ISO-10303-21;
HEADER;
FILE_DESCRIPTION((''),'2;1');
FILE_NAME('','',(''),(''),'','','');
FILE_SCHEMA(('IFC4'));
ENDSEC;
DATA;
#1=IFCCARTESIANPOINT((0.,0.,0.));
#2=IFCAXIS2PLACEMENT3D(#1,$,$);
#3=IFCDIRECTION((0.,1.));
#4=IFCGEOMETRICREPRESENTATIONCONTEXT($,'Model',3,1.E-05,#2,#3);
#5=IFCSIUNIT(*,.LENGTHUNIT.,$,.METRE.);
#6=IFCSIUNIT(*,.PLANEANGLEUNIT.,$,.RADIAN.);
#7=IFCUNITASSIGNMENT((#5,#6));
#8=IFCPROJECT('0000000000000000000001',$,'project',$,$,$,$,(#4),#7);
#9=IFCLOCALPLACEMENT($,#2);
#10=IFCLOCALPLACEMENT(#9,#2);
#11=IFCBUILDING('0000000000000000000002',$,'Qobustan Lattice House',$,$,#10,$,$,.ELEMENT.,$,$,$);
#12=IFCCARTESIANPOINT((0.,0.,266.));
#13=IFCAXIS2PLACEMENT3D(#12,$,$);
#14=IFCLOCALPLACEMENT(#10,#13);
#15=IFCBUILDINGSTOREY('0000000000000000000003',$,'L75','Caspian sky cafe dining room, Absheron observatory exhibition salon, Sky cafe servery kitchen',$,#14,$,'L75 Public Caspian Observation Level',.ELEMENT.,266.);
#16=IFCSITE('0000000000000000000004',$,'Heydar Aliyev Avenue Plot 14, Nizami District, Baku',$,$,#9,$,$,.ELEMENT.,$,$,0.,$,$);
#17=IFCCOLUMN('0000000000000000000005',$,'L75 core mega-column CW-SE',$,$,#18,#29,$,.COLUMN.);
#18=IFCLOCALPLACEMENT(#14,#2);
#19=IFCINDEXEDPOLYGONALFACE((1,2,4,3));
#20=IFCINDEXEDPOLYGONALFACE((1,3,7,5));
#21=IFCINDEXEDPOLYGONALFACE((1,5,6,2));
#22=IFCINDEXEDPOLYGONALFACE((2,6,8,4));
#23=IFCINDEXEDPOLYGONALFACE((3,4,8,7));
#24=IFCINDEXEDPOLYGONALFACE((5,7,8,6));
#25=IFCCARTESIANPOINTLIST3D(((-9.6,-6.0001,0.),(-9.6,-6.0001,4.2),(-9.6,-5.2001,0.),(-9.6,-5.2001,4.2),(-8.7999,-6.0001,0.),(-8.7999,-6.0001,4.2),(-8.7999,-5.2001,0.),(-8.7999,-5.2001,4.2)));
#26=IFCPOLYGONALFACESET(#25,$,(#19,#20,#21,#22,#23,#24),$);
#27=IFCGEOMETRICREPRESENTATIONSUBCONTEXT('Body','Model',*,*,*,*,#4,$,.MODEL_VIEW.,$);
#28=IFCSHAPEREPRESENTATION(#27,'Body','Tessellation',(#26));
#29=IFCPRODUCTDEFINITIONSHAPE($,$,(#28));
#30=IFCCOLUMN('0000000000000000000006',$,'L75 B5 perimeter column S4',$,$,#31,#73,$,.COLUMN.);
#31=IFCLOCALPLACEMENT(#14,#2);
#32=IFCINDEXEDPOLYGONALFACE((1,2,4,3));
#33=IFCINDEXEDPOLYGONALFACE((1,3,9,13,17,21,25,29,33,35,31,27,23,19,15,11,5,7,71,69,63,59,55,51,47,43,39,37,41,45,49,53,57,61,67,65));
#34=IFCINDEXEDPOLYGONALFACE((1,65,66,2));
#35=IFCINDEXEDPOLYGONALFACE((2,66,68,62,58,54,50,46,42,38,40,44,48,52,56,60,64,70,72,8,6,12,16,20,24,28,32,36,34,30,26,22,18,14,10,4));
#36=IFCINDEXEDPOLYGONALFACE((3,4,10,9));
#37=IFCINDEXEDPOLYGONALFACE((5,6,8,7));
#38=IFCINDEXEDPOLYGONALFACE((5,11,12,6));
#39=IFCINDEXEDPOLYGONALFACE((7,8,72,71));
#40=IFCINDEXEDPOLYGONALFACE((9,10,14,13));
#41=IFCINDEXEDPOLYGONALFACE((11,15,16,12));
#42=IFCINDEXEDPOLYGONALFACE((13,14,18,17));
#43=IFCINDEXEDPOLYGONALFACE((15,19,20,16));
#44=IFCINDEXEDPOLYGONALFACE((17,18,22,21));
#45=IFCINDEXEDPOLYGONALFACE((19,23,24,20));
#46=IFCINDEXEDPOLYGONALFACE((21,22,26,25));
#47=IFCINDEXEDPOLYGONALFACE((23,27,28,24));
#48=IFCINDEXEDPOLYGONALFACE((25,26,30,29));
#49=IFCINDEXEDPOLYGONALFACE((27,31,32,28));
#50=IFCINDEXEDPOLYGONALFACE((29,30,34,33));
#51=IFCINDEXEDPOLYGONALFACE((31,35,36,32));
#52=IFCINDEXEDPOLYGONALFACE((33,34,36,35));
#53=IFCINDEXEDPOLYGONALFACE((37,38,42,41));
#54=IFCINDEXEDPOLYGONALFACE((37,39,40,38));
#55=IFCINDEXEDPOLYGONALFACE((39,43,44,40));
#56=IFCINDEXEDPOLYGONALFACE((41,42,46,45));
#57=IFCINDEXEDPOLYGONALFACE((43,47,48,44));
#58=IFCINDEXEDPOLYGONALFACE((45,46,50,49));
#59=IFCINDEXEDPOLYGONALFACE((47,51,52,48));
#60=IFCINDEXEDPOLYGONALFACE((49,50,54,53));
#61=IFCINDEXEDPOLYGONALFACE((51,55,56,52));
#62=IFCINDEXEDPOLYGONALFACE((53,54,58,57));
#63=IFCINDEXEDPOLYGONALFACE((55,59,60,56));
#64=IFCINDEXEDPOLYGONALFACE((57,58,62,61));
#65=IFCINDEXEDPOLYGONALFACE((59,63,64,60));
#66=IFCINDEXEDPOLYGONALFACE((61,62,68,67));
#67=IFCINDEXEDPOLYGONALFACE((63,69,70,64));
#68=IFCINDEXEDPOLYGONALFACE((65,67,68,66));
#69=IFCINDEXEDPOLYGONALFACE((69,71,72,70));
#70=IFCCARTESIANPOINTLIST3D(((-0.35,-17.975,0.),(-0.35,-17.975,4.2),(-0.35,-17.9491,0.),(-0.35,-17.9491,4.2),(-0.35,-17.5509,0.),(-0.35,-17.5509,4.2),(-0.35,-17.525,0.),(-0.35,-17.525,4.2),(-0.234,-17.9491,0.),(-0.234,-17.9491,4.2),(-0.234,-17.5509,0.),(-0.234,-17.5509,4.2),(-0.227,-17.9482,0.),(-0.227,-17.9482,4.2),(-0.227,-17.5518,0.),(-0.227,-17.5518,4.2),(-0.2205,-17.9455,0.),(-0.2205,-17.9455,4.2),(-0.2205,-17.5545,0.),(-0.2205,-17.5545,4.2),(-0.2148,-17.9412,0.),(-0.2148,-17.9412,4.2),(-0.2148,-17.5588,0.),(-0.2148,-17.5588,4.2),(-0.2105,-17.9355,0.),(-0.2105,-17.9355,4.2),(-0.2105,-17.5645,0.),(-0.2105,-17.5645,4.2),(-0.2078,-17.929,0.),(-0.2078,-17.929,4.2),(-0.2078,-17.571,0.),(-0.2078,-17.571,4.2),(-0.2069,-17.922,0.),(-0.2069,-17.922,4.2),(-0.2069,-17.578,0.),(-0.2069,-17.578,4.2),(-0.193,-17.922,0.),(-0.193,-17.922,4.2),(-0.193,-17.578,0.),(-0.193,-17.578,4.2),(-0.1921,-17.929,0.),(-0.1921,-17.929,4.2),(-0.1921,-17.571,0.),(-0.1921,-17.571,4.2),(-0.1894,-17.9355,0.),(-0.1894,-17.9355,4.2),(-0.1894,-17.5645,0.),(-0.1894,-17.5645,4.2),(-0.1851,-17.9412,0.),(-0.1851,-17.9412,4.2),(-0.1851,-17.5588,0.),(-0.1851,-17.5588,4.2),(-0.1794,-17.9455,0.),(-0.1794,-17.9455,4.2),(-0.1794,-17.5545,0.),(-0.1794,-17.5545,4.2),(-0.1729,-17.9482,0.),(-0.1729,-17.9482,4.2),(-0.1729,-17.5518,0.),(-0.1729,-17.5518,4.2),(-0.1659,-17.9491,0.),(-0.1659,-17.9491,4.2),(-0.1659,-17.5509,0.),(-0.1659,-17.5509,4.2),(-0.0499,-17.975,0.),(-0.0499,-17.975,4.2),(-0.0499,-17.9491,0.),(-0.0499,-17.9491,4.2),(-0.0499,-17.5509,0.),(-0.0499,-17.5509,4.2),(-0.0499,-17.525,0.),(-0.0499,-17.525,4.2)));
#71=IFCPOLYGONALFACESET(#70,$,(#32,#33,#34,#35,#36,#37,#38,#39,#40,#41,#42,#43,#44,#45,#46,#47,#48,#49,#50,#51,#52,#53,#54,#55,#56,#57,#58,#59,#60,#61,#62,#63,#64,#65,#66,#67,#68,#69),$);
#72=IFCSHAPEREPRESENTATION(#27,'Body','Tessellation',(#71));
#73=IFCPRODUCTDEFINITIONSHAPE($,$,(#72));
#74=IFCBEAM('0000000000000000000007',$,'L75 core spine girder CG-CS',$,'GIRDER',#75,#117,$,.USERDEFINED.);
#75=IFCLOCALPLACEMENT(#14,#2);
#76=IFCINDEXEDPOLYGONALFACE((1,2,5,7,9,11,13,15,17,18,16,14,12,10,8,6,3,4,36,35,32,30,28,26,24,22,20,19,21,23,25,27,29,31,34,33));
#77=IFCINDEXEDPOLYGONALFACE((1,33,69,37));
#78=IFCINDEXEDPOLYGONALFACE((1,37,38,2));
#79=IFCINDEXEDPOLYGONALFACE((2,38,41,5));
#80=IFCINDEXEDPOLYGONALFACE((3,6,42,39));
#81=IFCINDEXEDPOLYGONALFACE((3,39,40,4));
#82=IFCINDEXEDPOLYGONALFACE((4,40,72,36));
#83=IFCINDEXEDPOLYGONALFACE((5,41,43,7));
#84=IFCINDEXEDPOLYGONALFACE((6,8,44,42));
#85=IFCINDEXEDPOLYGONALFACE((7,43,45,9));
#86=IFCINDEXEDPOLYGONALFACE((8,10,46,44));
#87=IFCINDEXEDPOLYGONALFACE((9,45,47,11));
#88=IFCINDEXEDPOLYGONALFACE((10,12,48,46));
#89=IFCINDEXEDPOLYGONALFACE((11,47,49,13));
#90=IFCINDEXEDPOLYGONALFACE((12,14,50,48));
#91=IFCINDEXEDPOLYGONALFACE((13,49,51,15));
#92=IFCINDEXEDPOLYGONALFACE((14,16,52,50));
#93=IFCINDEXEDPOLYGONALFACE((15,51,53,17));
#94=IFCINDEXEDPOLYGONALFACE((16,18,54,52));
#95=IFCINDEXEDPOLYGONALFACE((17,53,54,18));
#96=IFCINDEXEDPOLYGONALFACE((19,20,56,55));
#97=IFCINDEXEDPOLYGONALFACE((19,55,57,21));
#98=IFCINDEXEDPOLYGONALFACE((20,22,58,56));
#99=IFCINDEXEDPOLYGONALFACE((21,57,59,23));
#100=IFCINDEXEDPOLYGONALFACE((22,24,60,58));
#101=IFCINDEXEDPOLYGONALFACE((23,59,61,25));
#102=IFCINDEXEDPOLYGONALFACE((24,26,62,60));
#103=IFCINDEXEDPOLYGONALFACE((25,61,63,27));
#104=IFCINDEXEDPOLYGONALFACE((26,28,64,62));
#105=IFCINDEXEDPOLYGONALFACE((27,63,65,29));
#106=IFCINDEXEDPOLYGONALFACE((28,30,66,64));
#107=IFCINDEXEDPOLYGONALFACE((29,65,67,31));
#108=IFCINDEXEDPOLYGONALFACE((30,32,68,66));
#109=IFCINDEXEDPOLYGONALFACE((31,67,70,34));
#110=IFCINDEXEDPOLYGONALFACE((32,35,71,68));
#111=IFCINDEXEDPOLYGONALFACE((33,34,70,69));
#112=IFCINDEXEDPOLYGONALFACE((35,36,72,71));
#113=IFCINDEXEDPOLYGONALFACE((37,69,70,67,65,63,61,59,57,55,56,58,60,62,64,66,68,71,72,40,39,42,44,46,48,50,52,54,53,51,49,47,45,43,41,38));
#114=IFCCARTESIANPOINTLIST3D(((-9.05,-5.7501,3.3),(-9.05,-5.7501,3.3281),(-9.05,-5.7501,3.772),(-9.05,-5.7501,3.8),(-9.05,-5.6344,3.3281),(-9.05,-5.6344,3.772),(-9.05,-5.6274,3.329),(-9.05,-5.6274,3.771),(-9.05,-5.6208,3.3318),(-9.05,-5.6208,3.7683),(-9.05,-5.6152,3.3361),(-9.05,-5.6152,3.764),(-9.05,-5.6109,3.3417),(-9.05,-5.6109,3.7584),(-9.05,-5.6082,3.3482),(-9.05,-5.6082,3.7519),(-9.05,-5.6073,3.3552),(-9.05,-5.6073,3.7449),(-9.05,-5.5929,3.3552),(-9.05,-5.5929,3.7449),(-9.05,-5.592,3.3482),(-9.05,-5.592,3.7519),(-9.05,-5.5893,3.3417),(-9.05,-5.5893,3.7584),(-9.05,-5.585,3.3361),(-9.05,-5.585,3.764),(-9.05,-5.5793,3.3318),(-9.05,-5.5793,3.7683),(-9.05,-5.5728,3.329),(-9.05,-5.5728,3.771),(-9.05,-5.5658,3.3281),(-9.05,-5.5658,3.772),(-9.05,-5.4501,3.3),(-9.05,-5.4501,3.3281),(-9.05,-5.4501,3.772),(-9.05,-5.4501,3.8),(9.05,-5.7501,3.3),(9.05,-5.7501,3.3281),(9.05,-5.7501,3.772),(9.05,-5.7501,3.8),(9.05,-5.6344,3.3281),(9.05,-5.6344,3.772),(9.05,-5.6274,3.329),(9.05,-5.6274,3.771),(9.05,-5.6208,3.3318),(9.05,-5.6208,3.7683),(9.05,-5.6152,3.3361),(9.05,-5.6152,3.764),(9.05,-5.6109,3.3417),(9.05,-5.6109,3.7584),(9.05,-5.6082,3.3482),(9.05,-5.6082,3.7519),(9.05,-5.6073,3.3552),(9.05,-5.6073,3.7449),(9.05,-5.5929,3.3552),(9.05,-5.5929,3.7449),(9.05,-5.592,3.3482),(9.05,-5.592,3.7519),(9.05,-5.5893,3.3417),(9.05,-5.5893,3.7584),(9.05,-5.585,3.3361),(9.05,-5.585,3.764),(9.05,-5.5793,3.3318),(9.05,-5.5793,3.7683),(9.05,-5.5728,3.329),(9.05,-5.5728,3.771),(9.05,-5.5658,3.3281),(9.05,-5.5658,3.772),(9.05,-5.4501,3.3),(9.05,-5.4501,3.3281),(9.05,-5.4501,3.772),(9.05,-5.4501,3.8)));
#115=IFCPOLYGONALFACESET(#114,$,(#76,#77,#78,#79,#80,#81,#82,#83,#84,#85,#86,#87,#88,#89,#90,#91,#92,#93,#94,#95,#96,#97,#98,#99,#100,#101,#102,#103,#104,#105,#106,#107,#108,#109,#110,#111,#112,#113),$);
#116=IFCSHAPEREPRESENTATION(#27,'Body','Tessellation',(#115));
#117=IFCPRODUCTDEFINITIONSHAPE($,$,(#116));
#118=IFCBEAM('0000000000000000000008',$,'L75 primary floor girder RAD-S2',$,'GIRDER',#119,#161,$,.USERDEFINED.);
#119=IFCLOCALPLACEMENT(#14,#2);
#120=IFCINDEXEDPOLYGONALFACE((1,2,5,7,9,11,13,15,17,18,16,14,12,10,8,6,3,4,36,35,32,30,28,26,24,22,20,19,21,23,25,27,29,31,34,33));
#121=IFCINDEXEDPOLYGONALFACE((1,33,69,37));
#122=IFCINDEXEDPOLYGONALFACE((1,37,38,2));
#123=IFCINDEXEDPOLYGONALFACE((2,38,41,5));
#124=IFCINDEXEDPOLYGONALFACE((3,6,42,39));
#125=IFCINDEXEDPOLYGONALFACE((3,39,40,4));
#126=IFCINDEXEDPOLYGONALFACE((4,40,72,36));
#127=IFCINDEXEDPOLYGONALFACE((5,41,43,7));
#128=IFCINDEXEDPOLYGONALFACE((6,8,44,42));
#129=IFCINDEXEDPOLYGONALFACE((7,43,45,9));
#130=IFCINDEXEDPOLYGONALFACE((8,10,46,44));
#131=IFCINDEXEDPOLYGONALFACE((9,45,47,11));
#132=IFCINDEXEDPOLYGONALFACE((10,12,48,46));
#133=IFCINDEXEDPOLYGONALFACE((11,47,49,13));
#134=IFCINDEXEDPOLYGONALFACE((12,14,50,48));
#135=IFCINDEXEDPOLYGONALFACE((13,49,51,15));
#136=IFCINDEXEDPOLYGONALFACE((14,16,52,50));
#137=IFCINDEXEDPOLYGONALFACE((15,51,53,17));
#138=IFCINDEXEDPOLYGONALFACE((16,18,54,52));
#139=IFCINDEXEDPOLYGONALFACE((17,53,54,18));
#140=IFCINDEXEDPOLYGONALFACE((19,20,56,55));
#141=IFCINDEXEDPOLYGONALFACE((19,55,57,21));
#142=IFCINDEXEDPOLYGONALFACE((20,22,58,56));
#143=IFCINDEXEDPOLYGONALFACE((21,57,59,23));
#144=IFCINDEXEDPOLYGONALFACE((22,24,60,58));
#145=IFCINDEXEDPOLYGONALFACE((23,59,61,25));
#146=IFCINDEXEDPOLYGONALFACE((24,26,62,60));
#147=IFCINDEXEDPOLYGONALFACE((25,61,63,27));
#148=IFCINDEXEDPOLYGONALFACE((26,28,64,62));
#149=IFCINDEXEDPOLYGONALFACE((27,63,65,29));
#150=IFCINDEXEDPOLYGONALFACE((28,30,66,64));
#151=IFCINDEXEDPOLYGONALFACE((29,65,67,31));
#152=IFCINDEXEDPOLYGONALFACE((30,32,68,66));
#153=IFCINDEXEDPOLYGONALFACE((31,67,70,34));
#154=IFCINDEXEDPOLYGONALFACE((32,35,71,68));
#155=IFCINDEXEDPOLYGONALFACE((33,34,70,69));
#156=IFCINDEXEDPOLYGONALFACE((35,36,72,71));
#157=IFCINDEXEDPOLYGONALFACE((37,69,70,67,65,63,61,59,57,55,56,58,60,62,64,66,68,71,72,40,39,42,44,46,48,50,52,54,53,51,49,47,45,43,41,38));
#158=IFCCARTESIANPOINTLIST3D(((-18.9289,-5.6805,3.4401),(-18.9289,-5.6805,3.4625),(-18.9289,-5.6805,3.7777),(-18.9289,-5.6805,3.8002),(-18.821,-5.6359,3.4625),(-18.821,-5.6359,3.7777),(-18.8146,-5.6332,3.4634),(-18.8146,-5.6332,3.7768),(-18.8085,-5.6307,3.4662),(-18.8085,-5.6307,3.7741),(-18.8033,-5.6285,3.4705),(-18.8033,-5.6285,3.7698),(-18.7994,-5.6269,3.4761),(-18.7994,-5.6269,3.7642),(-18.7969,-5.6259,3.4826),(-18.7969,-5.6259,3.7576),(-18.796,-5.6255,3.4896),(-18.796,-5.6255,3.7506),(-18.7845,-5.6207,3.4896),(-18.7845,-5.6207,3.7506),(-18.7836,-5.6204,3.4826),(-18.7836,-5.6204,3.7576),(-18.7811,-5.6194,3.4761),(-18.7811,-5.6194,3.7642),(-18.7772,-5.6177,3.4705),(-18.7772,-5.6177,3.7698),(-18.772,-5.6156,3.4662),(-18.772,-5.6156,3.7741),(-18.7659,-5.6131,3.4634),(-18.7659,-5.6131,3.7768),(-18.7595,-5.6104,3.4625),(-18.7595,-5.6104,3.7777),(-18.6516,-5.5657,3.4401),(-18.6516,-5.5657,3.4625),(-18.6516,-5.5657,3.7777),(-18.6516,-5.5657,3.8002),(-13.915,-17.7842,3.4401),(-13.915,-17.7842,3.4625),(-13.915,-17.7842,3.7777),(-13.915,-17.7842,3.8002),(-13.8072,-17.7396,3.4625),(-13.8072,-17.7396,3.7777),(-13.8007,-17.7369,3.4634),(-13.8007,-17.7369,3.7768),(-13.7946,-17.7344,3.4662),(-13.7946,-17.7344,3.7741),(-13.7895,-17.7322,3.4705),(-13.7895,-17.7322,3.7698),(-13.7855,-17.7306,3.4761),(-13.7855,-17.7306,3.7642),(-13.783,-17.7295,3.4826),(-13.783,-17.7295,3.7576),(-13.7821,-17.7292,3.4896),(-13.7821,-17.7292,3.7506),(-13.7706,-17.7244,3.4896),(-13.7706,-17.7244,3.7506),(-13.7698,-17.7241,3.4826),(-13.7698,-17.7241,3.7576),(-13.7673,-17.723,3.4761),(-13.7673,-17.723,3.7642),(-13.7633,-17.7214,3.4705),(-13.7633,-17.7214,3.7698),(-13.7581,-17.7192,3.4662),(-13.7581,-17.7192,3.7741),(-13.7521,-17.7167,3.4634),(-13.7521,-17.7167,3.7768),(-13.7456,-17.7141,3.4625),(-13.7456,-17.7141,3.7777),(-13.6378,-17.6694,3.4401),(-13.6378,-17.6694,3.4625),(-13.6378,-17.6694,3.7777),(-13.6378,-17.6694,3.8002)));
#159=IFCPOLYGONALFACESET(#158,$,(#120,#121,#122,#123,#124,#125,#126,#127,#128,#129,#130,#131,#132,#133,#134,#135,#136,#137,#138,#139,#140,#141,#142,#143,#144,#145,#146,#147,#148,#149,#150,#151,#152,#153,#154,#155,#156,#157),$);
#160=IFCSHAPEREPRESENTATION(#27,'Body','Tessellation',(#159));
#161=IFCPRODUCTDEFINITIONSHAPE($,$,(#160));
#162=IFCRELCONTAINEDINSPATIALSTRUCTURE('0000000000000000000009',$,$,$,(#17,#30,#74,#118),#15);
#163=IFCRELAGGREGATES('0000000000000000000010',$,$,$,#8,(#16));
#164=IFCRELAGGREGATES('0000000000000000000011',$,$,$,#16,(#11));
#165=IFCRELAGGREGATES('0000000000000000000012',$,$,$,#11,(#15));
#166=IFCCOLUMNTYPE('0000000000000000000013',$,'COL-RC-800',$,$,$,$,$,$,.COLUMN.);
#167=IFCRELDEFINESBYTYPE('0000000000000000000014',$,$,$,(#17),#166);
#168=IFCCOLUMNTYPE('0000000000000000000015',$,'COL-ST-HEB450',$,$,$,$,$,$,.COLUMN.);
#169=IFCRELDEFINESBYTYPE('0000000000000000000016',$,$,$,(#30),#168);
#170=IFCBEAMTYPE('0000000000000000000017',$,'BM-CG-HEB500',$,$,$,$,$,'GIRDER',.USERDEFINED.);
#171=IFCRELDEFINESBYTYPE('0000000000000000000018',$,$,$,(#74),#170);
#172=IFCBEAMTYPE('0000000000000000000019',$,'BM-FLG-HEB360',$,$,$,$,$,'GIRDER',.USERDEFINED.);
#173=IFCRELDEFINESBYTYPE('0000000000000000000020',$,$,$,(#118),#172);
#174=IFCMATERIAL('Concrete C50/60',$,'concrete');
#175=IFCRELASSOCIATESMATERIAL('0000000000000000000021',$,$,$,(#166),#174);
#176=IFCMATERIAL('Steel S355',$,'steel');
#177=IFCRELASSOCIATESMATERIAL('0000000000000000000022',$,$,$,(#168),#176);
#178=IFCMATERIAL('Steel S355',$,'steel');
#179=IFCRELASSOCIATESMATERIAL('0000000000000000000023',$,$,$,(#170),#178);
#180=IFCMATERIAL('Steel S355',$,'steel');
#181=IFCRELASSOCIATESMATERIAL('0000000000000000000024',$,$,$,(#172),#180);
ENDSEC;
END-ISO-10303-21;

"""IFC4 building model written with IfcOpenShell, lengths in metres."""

from ifc_helpers import new_model, si_unit, direction, frame, origin, origin_2d, place, context, subcontext, project, spatial, rectangle, i_section, extrude, material, material_profile, profile_set, type_object, element, save


model = new_model("IFC4")

# Units and contexts
model_context = context("Model", 3, precision=1e-05, world=origin(), true_north=direction((0.0, 1.0)))
body_context = subcontext(model_context, "Body", "Model", "MODEL_VIEW")
ifc_project = project(units=[si_unit("LENGTHUNIT", "METRE"), si_unit("PLANEANGLEUNIT", "RADIAN")], contexts=[model_context])

# Site, building, storey
site_placement = place(None, origin())
site = spatial("IfcSite", under=ifc_project, at=site_placement, Name="Heydar Aliyev Avenue Plot 14, Nizami District, Baku", CompositionType="ELEMENT", RefElevation=0.0)
building_placement = place(site_placement, origin())
building = spatial("IfcBuilding", under=site, at=building_placement, Name="Qobustan Lattice House", CompositionType="ELEMENT")
storey_placement = place(building_placement, frame((0.0, 0.0, 266.0)))
storey = spatial("IfcBuildingStorey", under=building, at=storey_placement, Name="L75", Description="Caspian sky cafe dining room, Absheron observatory exhibition salon, Sky cafe servery kitchen", LongName="L75 Public Caspian Observation Level", CompositionType="ELEMENT", Elevation=266.0)

# Columns
ifc_material_1 = material(Name="Concrete C50/60", Category="concrete")
ifc_material_profile_1 = material_profile(ifc_material_1, rectangle(XDim=0.8, YDim=0.8, at=origin_2d()), Name="RC800x800")
ifc_profile_set_1 = profile_set([ifc_material_profile_1], Name="Concrete C50/60")
column_type_1 = type_object("IfcColumnType", Name="COL-RC-800", PredefinedType="COLUMN", material=ifc_profile_set_1)
column_1_placement = place(storey_placement, frame((-9.2, -5.6001, 0.0), z_axis=(0.0, 0.0, 1.0), x_axis=(1.0, 0.0, 0.0)))
element("IfcColumn", 1, at=column_1_placement, inside=storey, type_object=column_type_1, Name="L75 core mega-column CW-SE", PredefinedType="COLUMN", context=body_context, shape_type="SweptSolid", body=[
    extrude(rectangle(XDim=0.8, YDim=0.8, at=origin_2d()), origin(), (0.0, 0.0, 1.0), 4.2),
])
ifc_material_2 = material(Name="Steel S355", Category="steel")
ifc_material_profile_2 = material_profile(ifc_material_2, i_section(OverallWidth=0.3, OverallDepth=0.45, WebThickness=0.0139, FlangeThickness=0.0259, FilletRadius=0.0271, at=origin_2d()), Name="HEB450")
ifc_profile_set_2 = profile_set([ifc_material_profile_2], Name="Steel S355")
column_type_2 = type_object("IfcColumnType", Name="COL-ST-HEB450", PredefinedType="COLUMN", material=ifc_profile_set_2)
column_2_placement = place(storey_placement, frame((-0.2, -17.75, 0.0), z_axis=(0.0, 0.0, 1.0), x_axis=(1.0, 0.0, 0.0)))
element("IfcColumn", 2, at=column_2_placement, inside=storey, type_object=column_type_2, Name="L75 B5 perimeter column S4", PredefinedType="COLUMN", context=body_context, shape_type="SweptSolid", body=[
    extrude(i_section(OverallWidth=0.3, OverallDepth=0.45, WebThickness=0.0139, FlangeThickness=0.0259, FilletRadius=0.0271, at=origin_2d()), origin(), (0.0, 0.0, 1.0), 4.2),
])

# Beams
ifc_material_3 = material(Name="Steel S355", Category="steel")
ifc_material_profile_3 = material_profile(ifc_material_3, i_section(OverallWidth=0.3, OverallDepth=0.5, WebThickness=0.0144, FlangeThickness=0.0281, FilletRadius=0.0271, at=origin_2d()), Name="HEB500")
ifc_profile_set_3 = profile_set([ifc_material_profile_3], Name="Steel S355")
beam_type_1 = type_object("IfcBeamType", Name="BM-CG-HEB500", ElementType="GIRDER", PredefinedType="USERDEFINED", material=ifc_profile_set_3)
beam_1_placement = place(storey_placement, frame((-9.05, -5.6001, 3.55), z_axis=(1.0, 0.0, 0.0), x_axis=(0.0, 1.0, 0.0)))
element("IfcBeam", 3, at=beam_1_placement, inside=storey, type_object=beam_type_1, Name="L75 core spine girder CG-CS", ObjectType="GIRDER", PredefinedType="USERDEFINED", context=body_context, shape_type="SweptSolid", body=[
    extrude(i_section(OverallWidth=0.3, OverallDepth=0.5, WebThickness=0.0144, FlangeThickness=0.0281, FilletRadius=0.0271, at=origin_2d()), origin(), (0.0, 0.0, 1.0), 18.1001),
])
ifc_material_4 = material(Name="Steel S355", Category="steel")
ifc_material_profile_4 = material_profile(ifc_material_4, i_section(OverallWidth=0.3, OverallDepth=0.3601, WebThickness=0.0125, FlangeThickness=0.0225, FilletRadius=0.0271, at=origin_2d()), Name="HEB360")
ifc_profile_set_4 = profile_set([ifc_material_profile_4], Name="Steel S355")
beam_type_2 = type_object("IfcBeamType", Name="BM-FLG-HEB360", ElementType="GIRDER", PredefinedType="USERDEFINED", material=ifc_profile_set_4)
beam_2_placement = place(storey_placement, frame((-13.7764, -17.7268, 3.6201), z_axis=(-0.382708, 0.923869, 0.0), x_axis=(-0.923869, -0.382708, 0.0)))
element("IfcBeam", 4, at=beam_2_placement, inside=storey, type_object=beam_type_2, Name="L75 primary floor girder RAD-S2", ObjectType="GIRDER", PredefinedType="USERDEFINED", context=body_context, shape_type="SweptSolid", body=[
    extrude(i_section(OverallWidth=0.3, OverallDepth=0.3601, WebThickness=0.0125, FlangeThickness=0.0225, FilletRadius=0.0271, at=origin_2d()), origin(), (0.0, 0.0, 1.0), 13.1011),
])

save(model, "model.ifc")
